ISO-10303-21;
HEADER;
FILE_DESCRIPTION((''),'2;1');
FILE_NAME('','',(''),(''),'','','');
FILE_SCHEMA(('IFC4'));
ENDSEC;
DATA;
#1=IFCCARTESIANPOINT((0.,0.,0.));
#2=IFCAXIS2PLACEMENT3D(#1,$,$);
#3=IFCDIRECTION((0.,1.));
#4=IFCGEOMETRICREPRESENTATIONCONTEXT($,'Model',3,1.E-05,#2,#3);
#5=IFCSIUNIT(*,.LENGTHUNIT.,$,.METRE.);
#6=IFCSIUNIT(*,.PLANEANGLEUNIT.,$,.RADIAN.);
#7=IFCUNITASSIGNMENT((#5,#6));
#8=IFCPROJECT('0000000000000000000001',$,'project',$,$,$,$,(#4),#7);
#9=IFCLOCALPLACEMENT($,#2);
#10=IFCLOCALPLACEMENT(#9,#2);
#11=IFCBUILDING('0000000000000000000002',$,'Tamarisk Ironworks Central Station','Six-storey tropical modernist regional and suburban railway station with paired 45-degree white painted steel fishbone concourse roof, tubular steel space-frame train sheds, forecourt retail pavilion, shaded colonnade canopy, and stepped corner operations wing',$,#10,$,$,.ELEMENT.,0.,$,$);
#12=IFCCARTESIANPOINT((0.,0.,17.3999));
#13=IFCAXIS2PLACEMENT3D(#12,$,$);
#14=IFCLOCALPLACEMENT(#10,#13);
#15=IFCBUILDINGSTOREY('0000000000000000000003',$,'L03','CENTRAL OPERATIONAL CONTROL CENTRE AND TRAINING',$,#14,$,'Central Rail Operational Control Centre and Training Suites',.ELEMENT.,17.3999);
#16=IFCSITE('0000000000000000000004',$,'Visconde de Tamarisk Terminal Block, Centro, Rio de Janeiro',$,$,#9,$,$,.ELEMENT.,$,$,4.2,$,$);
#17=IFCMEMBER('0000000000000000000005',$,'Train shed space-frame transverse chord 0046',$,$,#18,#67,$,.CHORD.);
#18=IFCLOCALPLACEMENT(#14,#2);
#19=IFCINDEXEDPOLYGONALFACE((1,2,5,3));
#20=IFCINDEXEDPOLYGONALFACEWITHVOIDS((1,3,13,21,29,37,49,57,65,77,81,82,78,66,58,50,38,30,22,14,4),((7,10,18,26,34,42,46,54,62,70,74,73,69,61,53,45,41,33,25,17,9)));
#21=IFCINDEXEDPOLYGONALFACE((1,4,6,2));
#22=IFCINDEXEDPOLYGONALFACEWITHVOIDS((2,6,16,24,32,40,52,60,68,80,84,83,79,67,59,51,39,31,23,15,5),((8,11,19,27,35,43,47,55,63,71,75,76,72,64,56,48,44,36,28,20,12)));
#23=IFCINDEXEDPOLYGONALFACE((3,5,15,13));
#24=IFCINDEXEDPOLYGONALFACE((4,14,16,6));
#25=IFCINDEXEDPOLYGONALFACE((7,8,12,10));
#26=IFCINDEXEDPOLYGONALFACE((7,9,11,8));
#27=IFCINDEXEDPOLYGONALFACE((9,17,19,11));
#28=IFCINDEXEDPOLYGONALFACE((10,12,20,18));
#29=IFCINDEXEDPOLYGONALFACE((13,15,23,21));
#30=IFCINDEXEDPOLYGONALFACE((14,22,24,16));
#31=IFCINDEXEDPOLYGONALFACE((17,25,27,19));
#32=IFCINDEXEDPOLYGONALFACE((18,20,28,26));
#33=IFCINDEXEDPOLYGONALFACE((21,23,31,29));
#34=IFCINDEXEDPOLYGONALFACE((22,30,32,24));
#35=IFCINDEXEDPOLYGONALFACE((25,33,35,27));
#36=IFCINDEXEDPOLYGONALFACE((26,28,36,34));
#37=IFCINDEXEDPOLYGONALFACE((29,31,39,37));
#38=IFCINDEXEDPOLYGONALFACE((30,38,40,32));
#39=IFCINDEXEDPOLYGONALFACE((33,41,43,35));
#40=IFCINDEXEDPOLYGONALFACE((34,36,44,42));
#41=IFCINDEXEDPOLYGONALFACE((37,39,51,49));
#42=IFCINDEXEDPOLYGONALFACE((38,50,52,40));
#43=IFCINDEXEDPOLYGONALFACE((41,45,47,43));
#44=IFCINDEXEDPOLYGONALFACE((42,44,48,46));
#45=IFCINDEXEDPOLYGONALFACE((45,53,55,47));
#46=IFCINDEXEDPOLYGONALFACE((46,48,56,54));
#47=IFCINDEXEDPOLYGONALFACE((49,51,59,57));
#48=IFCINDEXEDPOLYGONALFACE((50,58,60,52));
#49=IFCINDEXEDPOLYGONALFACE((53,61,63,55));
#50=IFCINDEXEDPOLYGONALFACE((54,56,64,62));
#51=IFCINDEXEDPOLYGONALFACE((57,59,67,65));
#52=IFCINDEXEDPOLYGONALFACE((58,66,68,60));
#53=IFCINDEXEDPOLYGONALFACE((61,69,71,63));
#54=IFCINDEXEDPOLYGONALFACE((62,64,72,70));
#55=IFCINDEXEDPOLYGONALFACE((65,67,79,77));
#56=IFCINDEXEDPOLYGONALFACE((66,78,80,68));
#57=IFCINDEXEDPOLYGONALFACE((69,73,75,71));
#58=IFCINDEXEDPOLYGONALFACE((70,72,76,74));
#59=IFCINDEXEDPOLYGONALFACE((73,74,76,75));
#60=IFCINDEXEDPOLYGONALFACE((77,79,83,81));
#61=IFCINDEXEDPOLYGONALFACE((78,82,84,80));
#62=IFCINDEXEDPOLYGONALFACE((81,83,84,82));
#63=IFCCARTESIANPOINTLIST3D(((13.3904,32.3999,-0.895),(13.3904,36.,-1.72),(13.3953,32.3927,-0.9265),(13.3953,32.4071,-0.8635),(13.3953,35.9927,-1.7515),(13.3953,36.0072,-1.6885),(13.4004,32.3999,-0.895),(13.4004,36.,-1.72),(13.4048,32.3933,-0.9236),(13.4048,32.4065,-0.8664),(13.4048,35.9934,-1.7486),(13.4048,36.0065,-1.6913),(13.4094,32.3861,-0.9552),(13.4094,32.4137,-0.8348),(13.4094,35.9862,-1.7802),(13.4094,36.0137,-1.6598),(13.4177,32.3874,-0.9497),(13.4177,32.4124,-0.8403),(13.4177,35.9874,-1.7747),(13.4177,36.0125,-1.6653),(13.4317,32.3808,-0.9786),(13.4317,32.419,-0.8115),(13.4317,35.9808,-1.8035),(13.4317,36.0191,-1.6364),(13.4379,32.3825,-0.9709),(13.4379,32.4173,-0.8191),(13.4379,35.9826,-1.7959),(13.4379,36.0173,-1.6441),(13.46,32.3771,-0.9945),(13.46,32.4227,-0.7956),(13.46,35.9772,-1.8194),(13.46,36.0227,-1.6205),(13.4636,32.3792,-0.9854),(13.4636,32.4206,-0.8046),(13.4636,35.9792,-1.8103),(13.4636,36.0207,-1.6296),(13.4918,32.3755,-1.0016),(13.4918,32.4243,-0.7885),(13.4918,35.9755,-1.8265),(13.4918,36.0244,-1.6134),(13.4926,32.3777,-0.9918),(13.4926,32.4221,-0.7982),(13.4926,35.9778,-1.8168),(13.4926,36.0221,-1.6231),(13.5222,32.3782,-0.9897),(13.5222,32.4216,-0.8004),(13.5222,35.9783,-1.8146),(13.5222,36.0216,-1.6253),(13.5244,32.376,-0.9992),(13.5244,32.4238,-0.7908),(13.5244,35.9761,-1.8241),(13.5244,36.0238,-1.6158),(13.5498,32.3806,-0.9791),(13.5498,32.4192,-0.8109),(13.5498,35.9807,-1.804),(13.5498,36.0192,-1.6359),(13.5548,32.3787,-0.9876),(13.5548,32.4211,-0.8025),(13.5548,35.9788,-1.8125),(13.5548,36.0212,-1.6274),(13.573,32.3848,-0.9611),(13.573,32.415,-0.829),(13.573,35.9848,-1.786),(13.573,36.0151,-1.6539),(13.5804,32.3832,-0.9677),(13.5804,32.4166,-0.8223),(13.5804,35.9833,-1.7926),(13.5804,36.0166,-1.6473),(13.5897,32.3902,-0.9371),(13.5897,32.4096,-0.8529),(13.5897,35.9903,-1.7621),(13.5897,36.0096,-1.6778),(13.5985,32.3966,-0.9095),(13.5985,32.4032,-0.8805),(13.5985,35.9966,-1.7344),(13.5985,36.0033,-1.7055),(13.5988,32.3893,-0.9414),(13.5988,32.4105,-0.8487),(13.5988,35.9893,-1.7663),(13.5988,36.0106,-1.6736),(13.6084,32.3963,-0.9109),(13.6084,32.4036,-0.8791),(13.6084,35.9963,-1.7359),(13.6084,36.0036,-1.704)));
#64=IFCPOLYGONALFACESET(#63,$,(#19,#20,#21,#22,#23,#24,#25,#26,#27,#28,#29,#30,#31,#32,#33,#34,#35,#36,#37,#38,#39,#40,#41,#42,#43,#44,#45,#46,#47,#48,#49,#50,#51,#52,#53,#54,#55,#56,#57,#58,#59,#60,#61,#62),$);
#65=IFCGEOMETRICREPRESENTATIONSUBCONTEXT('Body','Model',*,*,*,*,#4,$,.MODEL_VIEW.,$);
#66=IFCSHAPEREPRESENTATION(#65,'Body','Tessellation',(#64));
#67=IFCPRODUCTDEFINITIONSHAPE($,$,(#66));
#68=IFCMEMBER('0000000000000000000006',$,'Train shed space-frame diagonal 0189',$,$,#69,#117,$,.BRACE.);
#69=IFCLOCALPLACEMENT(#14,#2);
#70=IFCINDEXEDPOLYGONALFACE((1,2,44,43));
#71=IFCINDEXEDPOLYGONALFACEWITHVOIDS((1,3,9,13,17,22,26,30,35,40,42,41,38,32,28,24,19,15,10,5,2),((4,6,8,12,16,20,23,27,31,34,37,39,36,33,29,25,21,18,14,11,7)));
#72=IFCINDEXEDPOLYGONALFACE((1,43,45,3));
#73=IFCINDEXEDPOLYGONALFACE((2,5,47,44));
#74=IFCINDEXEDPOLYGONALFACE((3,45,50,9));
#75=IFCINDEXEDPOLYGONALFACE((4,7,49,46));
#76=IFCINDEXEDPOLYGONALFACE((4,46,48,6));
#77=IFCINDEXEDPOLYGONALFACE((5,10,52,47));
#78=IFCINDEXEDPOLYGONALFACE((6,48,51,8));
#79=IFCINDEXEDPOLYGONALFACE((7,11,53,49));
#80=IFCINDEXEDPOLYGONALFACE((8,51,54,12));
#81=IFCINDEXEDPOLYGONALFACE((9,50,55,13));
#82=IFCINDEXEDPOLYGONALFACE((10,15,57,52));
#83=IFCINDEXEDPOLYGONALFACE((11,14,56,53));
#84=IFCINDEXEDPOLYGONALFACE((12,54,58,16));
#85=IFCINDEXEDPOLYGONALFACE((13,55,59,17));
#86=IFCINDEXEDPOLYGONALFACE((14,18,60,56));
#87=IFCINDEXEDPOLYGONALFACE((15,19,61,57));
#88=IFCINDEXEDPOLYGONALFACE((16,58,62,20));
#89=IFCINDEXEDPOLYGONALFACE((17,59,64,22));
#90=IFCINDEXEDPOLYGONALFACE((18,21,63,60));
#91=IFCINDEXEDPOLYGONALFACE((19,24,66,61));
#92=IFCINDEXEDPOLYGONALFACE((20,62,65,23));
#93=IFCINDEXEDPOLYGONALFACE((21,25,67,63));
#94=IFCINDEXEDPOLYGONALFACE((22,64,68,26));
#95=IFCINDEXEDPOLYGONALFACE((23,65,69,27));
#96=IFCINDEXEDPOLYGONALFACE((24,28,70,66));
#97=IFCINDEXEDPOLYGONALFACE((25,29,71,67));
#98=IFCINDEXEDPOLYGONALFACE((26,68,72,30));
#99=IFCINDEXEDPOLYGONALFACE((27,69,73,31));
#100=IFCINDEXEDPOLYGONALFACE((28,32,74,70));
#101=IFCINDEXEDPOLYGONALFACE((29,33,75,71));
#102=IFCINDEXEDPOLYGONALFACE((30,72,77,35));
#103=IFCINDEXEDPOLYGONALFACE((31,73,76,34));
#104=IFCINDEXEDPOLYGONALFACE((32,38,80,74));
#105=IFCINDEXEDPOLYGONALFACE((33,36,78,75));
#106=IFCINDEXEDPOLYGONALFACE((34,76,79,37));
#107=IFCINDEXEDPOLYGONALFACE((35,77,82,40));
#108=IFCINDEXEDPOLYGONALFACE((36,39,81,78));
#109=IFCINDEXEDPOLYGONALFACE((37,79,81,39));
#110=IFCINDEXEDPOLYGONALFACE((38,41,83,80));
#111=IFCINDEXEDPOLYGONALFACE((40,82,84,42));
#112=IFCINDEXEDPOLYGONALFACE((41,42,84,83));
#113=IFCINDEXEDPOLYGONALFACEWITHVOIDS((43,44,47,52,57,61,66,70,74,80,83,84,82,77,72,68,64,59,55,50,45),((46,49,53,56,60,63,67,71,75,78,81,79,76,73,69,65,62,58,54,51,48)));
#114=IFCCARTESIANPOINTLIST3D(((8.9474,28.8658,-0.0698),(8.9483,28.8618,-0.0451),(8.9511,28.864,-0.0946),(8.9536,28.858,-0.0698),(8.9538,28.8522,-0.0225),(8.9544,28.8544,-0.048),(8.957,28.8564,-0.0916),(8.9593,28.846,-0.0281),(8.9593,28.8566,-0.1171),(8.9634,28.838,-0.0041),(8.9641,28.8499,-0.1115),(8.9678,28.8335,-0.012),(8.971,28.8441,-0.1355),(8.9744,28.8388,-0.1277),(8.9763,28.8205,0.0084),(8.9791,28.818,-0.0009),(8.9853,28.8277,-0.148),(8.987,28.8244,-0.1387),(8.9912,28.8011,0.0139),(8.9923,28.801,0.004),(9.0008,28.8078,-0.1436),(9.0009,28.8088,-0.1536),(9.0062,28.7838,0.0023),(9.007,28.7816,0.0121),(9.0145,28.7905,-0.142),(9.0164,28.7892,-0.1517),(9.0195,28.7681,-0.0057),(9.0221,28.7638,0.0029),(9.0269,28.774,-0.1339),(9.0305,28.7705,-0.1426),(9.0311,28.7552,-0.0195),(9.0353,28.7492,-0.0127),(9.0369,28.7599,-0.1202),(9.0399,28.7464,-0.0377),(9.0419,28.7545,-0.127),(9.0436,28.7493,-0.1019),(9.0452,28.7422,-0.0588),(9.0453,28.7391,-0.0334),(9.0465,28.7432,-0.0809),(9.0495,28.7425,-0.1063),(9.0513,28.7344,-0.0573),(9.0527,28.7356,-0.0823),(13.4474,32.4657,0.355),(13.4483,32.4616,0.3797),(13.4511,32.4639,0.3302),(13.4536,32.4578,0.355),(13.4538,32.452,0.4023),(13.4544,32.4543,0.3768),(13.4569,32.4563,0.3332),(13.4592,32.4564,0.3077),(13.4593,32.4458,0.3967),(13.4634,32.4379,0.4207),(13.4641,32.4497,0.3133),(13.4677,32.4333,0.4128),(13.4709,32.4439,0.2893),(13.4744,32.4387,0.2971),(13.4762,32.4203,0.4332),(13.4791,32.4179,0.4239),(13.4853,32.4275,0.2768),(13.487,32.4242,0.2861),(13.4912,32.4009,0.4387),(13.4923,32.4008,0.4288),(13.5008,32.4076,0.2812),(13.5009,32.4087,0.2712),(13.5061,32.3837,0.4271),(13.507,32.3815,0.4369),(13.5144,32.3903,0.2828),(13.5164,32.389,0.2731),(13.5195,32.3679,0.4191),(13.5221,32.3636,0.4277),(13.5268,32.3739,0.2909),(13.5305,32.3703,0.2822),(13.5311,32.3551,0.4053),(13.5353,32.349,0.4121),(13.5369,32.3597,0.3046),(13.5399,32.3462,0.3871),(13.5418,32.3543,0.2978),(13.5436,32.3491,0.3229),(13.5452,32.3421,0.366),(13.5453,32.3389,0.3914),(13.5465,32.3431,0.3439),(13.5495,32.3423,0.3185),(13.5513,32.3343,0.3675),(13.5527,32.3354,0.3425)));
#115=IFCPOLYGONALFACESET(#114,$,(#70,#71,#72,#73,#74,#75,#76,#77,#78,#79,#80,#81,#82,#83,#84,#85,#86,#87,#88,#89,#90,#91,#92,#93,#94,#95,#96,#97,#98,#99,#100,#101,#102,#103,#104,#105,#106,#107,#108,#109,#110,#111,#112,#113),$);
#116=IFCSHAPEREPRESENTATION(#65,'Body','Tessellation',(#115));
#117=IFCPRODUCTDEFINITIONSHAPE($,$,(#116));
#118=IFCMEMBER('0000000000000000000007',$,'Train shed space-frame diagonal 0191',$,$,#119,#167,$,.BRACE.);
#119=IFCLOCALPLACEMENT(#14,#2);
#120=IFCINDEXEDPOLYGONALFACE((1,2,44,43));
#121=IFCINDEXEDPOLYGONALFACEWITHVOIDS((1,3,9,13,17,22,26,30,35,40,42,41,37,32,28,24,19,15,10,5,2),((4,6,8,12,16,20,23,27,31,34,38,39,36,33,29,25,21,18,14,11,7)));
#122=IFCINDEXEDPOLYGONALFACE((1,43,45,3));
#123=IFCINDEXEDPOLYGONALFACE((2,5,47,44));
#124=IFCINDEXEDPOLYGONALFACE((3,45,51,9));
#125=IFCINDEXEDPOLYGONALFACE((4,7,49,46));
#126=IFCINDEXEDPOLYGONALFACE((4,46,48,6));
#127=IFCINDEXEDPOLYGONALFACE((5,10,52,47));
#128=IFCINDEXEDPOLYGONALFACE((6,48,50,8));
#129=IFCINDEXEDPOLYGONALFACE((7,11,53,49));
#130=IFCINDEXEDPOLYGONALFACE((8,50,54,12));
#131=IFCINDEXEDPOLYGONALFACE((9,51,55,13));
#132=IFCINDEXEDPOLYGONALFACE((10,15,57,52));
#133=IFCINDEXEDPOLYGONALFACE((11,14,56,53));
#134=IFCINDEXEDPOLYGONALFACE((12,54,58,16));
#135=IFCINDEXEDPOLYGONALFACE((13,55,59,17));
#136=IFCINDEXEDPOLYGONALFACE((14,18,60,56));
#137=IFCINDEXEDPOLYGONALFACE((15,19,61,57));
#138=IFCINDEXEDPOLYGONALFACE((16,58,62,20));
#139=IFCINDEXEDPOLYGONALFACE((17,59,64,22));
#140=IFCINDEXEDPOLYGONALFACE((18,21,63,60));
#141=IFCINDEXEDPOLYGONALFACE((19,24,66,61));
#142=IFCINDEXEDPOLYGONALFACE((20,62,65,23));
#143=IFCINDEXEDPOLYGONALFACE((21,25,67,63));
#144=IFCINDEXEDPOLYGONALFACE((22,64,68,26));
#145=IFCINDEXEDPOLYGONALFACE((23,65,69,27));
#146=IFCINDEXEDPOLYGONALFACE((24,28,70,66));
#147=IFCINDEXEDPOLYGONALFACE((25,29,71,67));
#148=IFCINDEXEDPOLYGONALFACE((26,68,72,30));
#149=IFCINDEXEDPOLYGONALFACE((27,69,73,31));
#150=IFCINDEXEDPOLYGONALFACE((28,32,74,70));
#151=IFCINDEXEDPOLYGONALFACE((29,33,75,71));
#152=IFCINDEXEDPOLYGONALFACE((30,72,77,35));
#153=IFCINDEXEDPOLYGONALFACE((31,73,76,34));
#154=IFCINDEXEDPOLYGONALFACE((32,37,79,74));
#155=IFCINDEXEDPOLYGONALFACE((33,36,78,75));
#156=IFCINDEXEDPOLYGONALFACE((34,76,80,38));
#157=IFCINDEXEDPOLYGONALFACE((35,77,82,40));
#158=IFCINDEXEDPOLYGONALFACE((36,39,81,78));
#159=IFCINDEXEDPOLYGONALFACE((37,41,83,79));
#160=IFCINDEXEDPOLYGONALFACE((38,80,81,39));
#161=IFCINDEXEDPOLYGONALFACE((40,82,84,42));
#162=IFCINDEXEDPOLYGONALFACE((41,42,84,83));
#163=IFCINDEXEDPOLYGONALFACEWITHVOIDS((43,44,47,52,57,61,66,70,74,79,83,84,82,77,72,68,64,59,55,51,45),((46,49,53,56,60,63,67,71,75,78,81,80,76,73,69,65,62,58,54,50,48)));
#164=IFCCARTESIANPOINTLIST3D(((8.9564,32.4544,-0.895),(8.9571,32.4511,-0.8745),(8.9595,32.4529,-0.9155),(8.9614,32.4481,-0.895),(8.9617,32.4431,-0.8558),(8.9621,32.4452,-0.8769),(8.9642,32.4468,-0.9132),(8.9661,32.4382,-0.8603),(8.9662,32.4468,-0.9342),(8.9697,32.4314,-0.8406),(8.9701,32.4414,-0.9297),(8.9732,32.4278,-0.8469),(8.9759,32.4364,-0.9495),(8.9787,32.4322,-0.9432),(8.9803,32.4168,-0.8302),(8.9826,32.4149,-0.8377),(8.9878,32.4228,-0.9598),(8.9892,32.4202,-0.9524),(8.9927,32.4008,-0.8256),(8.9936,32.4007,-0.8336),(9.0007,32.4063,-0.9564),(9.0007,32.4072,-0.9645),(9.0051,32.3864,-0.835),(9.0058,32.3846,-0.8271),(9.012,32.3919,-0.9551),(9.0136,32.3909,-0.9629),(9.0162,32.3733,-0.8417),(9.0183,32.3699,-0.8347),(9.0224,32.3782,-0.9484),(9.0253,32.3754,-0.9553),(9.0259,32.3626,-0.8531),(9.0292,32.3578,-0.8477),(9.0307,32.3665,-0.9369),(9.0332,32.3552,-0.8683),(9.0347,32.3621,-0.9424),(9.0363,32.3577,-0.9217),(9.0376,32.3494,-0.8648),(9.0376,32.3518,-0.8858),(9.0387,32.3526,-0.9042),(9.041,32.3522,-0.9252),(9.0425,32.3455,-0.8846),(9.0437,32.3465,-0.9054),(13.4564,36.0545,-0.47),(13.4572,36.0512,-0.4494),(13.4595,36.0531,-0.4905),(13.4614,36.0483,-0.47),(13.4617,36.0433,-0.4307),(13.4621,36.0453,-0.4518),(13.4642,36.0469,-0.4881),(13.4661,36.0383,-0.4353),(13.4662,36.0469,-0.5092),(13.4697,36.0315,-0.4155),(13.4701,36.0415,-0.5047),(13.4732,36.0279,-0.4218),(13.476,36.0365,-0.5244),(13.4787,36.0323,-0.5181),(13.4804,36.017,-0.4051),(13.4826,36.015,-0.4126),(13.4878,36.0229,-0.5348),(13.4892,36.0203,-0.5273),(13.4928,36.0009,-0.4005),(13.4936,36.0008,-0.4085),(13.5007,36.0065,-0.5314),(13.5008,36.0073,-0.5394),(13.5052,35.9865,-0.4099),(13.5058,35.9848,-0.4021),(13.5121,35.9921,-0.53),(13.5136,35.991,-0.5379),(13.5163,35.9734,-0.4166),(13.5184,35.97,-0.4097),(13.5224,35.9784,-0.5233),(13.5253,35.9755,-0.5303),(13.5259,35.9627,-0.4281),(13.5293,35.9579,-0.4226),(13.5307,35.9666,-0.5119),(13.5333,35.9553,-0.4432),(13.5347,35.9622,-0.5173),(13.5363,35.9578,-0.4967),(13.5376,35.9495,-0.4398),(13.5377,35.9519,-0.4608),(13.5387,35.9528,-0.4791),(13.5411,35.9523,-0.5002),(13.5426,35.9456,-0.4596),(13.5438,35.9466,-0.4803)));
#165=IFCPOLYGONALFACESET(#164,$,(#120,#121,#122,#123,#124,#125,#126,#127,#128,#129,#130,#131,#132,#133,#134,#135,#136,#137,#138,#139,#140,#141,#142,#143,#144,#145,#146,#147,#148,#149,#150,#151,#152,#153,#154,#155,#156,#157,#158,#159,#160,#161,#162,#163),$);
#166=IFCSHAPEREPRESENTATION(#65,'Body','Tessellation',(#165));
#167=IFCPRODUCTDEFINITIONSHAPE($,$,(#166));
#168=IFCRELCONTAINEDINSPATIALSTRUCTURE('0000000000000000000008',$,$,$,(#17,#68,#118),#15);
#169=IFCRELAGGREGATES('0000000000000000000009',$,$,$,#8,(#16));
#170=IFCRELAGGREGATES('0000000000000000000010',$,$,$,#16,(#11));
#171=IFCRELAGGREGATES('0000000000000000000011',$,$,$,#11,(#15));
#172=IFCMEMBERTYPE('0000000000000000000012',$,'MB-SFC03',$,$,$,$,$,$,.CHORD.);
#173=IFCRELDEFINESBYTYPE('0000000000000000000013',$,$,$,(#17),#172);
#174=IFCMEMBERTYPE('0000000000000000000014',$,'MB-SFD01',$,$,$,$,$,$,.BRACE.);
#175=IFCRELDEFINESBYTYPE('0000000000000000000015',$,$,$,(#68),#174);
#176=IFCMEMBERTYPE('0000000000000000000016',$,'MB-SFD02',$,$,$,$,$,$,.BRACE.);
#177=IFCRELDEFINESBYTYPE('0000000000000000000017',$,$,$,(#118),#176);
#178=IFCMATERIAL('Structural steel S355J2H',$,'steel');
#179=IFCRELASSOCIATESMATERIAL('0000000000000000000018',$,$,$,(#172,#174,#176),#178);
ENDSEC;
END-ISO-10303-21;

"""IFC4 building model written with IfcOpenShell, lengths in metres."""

from ifc_helpers import new_model, si_unit, direction, frame, origin, origin_2d, place, context, subcontext, project, spatial, hollow_circle, extrude, material, material_profile, profile_set, type_object, element, save


model = new_model("IFC4")

# Units and contexts
model_context = context("Model", 3, precision=1e-05, world=origin(), true_north=direction((0.0, 1.0)))
body_context = subcontext(model_context, "Body", "Model", "MODEL_VIEW")
ifc_project = project(units=[si_unit("LENGTHUNIT", "METRE"), si_unit("PLANEANGLEUNIT", "RADIAN")], contexts=[model_context])

# Site, building, storey
site_placement = place(None, origin())
site = spatial("IfcSite", under=ifc_project, at=site_placement, Name="Visconde de Tamarisk Terminal Block, Centro, Rio de Janeiro", CompositionType="ELEMENT", RefElevation=4.2)
building_placement = place(site_placement, origin())
building = spatial("IfcBuilding", under=site, at=building_placement, Name="Tamarisk Ironworks Central Station", Description="Six-storey tropical modernist regional and suburban railway station with paired 45-degree white painted steel fishbone concourse roof, tubular steel space-frame train sheds, forecourt retail pavilion, shaded colonnade canopy, and stepped corner operations wing", CompositionType="ELEMENT", ElevationOfRefHeight=0.0)
storey_placement = place(building_placement, frame((0.0, 0.0, 17.3999)))
storey = spatial("IfcBuildingStorey", under=building, at=storey_placement, Name="L03", Description="CENTRAL OPERATIONAL CONTROL CENTRE AND TRAINING", LongName="Central Rail Operational Control Centre and Training Suites", CompositionType="ELEMENT", Elevation=17.3999)

# Members
ifc_material = material(Name="Structural steel S355J2H", Category="steel")
ifc_material_profile_1 = material_profile(ifc_material, hollow_circle(Radius=0.1096, WallThickness=0.01, at=origin_2d()), Name="CHS 219.1x10")
ifc_profile_set_1 = profile_set([ifc_material_profile_1], Name="Structural steel S355J2H")
member_type_1 = type_object("IfcMemberType", Name="MB-SFC03", PredefinedType="CHORD", material=ifc_profile_set_1)
member_1_placement = place(storey_placement, frame((13.5, 32.3999, -0.895), z_axis=(0.0, 0.974737, -0.223358), x_axis=(-1.0, 0.0, 0.0)))
element("IfcMember", 1, at=member_1_placement, inside=storey, type_object=member_type_1, Name="Train shed space-frame transverse chord 0046", PredefinedType="CHORD", context=body_context, shape_type="SweptSolid", body=[
    extrude(hollow_circle(Radius=0.1096, WallThickness=0.01, at=origin_2d()), origin(), (0.0, 0.0, 1.0), 3.6934),
])
ifc_material_profile_2 = material_profile(ifc_material, hollow_circle(Radius=0.0842, WallThickness=0.01, at=origin_2d()), Name="CHS 168.3x10")
ifc_profile_set_2 = profile_set([ifc_material_profile_2], Name="Structural steel S355J2H")
member_type_2 = type_object("IfcMemberType", Name="MB-SFD01", PredefinedType="BRACE", material=ifc_profile_set_2)
member_2_placement = place(storey_placement, frame((9.0, 28.8, -0.0698), z_axis=(0.778768, 0.622989, 0.073517), x_axis=(-0.62468, 0.780881, 0.0)))
element("IfcMember", 2, at=member_2_placement, inside=storey, type_object=member_type_2, Name="Train shed space-frame diagonal 0189", PredefinedType="BRACE", context=body_context, shape_type="SweptSolid", body=[
    extrude(hollow_circle(Radius=0.0842, WallThickness=0.01, at=origin_2d()), origin(), (0.0, 0.0, 1.0), 5.7783),
])
ifc_material_profile_3 = material_profile(ifc_material, hollow_circle(Radius=0.0698, WallThickness=0.0081, at=origin_2d()), Name="CHS 139.7x8")
ifc_profile_set_3 = profile_set([ifc_material_profile_3], Name="Structural steel S355J2H")
member_type_3 = type_object("IfcMemberType", Name="MB-SFD02", PredefinedType="BRACE", material=ifc_profile_set_3)
member_3_placement = place(storey_placement, frame((9.0, 32.3999, -0.895), z_axis=(0.778745, 0.623013, 0.073557), x_axis=(-0.624705, 0.780861, 0.0)))
element("IfcMember", 3, at=member_3_placement, inside=storey, type_object=member_type_3, Name="Train shed space-frame diagonal 0191", PredefinedType="BRACE", context=body_context, shape_type="SweptSolid", body=[
    extrude(hollow_circle(Radius=0.0698, WallThickness=0.0081, at=origin_2d()), origin(), (0.0, 0.0, 1.0), 5.7786),
])

save(model, "model.ifc")
